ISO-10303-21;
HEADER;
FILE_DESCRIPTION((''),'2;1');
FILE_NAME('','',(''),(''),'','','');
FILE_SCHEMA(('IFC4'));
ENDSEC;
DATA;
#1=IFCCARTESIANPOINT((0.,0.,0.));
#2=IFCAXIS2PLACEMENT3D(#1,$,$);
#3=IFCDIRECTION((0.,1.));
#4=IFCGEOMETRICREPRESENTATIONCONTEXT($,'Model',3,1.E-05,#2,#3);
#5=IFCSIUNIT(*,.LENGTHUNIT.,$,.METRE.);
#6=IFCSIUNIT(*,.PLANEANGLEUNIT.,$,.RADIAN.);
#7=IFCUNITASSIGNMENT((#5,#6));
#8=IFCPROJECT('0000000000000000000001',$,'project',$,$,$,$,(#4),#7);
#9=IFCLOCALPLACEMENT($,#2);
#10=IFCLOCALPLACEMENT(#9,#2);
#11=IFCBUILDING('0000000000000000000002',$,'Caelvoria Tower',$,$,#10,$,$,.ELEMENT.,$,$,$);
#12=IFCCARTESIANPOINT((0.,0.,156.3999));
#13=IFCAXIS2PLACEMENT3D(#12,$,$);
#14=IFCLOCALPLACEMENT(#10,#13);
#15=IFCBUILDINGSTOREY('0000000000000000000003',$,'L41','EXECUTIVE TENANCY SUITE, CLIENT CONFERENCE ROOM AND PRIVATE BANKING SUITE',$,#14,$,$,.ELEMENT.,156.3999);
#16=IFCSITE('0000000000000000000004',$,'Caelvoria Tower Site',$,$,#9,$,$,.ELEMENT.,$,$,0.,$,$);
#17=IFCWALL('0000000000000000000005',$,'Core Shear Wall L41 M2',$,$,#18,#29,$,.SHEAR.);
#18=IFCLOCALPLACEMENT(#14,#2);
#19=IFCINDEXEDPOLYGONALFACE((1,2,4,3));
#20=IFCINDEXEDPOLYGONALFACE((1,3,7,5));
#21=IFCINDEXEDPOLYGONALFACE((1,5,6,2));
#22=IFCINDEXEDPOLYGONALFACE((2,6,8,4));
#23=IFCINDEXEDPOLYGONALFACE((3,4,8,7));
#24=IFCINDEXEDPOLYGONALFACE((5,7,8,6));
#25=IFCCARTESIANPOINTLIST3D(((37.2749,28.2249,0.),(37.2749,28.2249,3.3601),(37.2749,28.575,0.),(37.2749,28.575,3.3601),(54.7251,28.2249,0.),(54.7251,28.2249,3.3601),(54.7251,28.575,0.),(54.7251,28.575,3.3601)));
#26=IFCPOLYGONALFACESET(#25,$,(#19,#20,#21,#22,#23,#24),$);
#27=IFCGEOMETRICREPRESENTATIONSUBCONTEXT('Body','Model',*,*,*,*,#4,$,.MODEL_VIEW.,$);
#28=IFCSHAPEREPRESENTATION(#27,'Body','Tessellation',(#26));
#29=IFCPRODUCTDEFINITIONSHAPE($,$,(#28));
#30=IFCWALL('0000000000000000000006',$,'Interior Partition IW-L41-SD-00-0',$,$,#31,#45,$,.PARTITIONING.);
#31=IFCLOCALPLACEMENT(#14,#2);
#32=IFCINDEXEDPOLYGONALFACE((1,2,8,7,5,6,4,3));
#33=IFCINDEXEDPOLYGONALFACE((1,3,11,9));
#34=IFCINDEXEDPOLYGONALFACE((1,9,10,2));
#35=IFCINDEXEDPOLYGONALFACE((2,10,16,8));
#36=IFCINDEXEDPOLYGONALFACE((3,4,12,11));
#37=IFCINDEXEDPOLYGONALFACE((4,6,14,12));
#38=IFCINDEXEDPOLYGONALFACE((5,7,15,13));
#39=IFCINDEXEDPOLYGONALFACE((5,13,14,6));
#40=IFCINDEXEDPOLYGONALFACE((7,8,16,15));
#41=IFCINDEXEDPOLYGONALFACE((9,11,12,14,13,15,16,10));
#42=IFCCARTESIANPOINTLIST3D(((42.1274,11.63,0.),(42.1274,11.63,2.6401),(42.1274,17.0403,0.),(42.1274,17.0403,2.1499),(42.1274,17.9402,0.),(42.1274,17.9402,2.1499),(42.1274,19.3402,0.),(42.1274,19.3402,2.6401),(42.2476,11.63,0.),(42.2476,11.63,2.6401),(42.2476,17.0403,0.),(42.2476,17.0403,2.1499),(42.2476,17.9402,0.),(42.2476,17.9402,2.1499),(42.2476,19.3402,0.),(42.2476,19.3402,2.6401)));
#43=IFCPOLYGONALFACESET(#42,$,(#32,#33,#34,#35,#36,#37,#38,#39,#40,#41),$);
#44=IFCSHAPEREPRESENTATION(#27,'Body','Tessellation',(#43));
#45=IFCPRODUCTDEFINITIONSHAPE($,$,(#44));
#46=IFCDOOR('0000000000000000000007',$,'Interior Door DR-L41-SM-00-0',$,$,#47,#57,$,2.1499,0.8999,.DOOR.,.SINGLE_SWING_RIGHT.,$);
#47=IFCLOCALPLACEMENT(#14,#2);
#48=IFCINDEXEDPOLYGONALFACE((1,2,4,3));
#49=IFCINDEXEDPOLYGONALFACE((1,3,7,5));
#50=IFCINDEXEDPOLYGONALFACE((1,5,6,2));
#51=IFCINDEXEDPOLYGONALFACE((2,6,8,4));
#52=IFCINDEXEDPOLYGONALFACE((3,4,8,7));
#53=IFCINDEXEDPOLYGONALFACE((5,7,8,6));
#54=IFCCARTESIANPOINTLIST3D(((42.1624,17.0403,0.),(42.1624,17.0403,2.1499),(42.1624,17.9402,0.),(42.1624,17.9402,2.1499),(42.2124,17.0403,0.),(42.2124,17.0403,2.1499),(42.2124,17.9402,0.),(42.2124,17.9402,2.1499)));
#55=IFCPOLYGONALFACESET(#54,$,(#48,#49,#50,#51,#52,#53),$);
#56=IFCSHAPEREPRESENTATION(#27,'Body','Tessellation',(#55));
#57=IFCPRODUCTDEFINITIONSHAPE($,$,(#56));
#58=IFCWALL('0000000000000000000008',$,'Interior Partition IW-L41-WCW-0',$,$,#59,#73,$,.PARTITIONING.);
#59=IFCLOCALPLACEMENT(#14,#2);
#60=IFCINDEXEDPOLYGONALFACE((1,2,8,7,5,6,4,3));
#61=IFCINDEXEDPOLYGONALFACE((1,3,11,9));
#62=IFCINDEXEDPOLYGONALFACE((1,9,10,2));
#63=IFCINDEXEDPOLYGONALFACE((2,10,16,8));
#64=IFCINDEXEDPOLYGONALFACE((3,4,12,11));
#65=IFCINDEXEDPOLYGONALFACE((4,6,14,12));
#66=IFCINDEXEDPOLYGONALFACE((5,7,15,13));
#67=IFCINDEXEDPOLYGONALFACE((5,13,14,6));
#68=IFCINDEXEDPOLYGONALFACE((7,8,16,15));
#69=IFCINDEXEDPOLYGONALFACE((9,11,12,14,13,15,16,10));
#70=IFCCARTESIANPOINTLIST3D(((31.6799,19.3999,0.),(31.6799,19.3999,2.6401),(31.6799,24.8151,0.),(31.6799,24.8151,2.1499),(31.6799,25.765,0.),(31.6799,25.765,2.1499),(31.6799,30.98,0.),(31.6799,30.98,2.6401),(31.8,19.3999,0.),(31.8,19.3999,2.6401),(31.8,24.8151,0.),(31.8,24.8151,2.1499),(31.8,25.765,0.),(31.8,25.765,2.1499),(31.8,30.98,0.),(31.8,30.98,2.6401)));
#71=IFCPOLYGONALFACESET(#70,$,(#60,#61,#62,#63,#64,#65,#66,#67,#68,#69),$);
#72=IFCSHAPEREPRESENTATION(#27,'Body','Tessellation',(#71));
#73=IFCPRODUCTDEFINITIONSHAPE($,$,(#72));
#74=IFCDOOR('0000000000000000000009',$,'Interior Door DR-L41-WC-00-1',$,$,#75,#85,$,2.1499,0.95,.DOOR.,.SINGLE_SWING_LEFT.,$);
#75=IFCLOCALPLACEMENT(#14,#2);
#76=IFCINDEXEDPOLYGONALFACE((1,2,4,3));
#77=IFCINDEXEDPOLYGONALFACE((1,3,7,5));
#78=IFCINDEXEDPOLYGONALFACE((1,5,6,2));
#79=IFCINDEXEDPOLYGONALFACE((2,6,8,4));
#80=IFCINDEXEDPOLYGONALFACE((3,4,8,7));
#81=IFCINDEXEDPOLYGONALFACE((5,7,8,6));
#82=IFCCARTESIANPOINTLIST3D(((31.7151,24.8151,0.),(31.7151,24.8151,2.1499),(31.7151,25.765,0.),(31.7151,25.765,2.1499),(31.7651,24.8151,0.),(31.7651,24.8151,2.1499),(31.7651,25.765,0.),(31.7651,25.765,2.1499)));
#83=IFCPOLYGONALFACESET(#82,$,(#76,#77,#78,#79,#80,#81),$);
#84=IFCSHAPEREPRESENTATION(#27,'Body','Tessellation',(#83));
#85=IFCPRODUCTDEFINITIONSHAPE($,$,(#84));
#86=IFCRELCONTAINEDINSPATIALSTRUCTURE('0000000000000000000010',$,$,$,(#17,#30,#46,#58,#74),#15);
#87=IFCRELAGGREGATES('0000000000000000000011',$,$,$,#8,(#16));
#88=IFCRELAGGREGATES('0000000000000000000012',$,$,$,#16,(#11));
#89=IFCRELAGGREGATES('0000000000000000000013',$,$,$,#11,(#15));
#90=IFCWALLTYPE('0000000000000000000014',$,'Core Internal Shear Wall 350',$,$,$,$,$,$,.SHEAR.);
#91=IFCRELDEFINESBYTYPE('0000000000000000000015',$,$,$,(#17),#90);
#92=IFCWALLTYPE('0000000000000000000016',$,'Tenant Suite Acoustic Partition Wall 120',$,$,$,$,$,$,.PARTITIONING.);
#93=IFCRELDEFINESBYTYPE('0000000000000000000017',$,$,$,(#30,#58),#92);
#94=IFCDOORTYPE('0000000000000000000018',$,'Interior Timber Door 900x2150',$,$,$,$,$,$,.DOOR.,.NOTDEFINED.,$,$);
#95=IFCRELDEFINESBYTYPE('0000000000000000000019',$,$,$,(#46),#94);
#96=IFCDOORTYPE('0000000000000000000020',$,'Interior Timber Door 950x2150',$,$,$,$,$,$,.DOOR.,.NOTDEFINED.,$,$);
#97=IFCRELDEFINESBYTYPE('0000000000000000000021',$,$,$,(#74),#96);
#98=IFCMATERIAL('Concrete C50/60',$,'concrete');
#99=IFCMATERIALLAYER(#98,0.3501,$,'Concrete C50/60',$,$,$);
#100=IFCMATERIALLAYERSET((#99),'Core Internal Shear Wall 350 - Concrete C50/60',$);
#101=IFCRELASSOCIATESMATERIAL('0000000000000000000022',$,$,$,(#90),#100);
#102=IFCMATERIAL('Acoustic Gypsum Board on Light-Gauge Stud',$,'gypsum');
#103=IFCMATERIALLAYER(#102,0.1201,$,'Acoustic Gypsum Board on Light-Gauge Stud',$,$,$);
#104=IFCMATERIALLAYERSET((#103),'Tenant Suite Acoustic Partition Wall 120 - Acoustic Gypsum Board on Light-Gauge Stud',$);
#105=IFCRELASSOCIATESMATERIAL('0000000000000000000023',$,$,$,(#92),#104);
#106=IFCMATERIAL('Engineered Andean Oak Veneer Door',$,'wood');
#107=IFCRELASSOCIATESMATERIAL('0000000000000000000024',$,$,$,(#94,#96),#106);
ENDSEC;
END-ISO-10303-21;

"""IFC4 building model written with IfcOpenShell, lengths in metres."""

from ifc_helpers import new_model, si_unit, direction, frame, frame_2d, origin, place, context, subcontext, project, spatial, rectangle, extrude, material, layer, layer_set, type_object, element, fill, save


model = new_model("IFC4")

# Units and contexts
model_context = context("Model", 3, precision=1e-05, world=origin(), true_north=direction((0.0, 1.0)))
body_context = subcontext(model_context, "Body", "Model", "MODEL_VIEW")
ifc_project = project(units=[si_unit("LENGTHUNIT", "METRE"), si_unit("PLANEANGLEUNIT", "RADIAN")], contexts=[model_context])

# Site, building, storey
site_placement = place(None, origin())
site = spatial("IfcSite", under=ifc_project, at=site_placement, Name="Caelvoria Tower Site", CompositionType="ELEMENT", RefElevation=0.0)
building_placement = place(site_placement, origin())
building = spatial("IfcBuilding", under=site, at=building_placement, Name="Caelvoria Tower", CompositionType="ELEMENT")
storey_placement = place(building_placement, frame((0.0, 0.0, 156.3999)))
storey = spatial("IfcBuildingStorey", under=building, at=storey_placement, Name="L41", Description="EXECUTIVE TENANCY SUITE, CLIENT CONFERENCE ROOM AND PRIVATE BANKING SUITE", CompositionType="ELEMENT", Elevation=156.3999)

# Shared definitions
ifc_material_1 = material(Name="Concrete C50/60", Category="concrete")
ifc_layer_1 = layer(ifc_material_1, 0.3501, Name="Concrete C50/60")
ifc_layer_set_1 = layer_set([ifc_layer_1], Name="Core Internal Shear Wall 350 - Concrete C50/60")
wall_type_1 = type_object("IfcWallType", Name="Core Internal Shear Wall 350", PredefinedType="SHEAR", material=ifc_layer_set_1)

# Wall
wall_1_placement = place(storey_placement, frame((37.2749, 28.3999, 0.0), z_axis=(0.0, 0.0, 1.0), x_axis=(1.0, 0.0, 0.0)))
element("IfcWall", 1, at=wall_1_placement, inside=storey, type_object=wall_type_1, Name="Core Shear Wall L41 M2", PredefinedType="SHEAR", context=body_context, shape_type="SweptSolid", body=[
    extrude(rectangle(XDim=17.4502, YDim=0.3501, at=frame_2d((8.7251, 0.0))), origin(), (0.0, 0.0, 1.0), 3.3601),
])

# Walls, openings, doors
ifc_material_2 = material(Name="Acoustic Gypsum Board on Light-Gauge Stud", Category="gypsum")
ifc_layer_2 = layer(ifc_material_2, 0.1201, Name="Acoustic Gypsum Board on Light-Gauge Stud")
ifc_layer_set_2 = layer_set([ifc_layer_2], Name="Tenant Suite Acoustic Partition Wall 120 - Acoustic Gypsum Board on Light-Gauge Stud")
wall_type_2 = type_object("IfcWallType", Name="Tenant Suite Acoustic Partition Wall 120", PredefinedType="PARTITIONING", material=ifc_layer_set_2)
wall_2_placement = place(storey_placement, frame((42.1875, 19.3401, 0.0), z_axis=(0.0, 0.0, 1.0), x_axis=(0.0, -1.0, 0.0)))
wall_2 = element("IfcWall", 2, at=wall_2_placement, inside=storey, type_object=wall_type_2, Name="Interior Partition IW-L41-SD-00-0", PredefinedType="PARTITIONING", context=body_context, shape_type="SweptSolid", body=[
    extrude(rectangle(XDim=7.7102, YDim=0.1201, at=frame_2d((3.855, 0.0))), origin(), (0.0, 0.0, 1.0), 2.6401),
])
opening_1_placement = place(wall_2_placement, frame((1.3999, 0.0, 0.0)))
opening_1 = element("IfcOpeningElement", 3, at=opening_1_placement, cuts=wall_2, PredefinedType="OPENING", context=body_context, shape_type="SweptSolid", body=[
    extrude(rectangle(XDim=0.8999, YDim=2.1499, at=frame_2d((0.45, 1.075))), frame((0.0, 0.0701, 0.0), z_axis=(0.0, -1.0, 0.0), x_axis=(1.0, 0.0, 0.0)), (0.0, 0.0, 1.0), 0.1401),
])
ifc_material_3 = material(Name="Engineered Andean Oak Veneer Door", Category="wood")
door_type_1 = type_object("IfcDoorType", Name="Interior Timber Door 900x2150", OperationType="NOTDEFINED", PredefinedType="DOOR", material=ifc_material_3)
door_1_placement = place(opening_1_placement, origin())
door_1 = element("IfcDoor", 4, at=door_1_placement, inside=storey, type_object=door_type_1, Name="Interior Door DR-L41-SM-00-0", OperationType="SINGLE_SWING_RIGHT", OverallHeight=2.1499, OverallWidth=0.8999, PredefinedType="DOOR", context=body_context, shape_type="SweptSolid", body=[
    extrude(rectangle(XDim=0.8999, YDim=2.1499, at=frame_2d((0.45, 1.075))), frame((0.0, 0.0249, 0.0), z_axis=(0.0, -1.0, 0.0), x_axis=(1.0, 0.0, 0.0)), (0.0, 0.0, 1.0), 0.05),
])
fill(opening_1, door_1)
wall_3_placement = place(storey_placement, frame((31.74, 19.3999, 0.0), z_axis=(0.0, 0.0, 1.0), x_axis=(0.0, 1.0, 0.0)))
wall_3 = element("IfcWall", 5, at=wall_3_placement, inside=storey, type_object=wall_type_2, Name="Interior Partition IW-L41-WCW-0", PredefinedType="PARTITIONING", context=body_context, shape_type="SweptSolid", body=[
    extrude(rectangle(XDim=11.5801, YDim=0.1201, at=frame_2d((5.79, 0.0))), origin(), (0.0, 0.0, 1.0), 2.6401),
])
opening_2_placement = place(wall_3_placement, frame((5.415, 0.0, 0.0)))
opening_2 = element("IfcOpeningElement", 6, at=opening_2_placement, cuts=wall_3, PredefinedType="OPENING", context=body_context, shape_type="SweptSolid", body=[
    extrude(rectangle(XDim=0.95, YDim=2.1499, at=frame_2d((0.4751, 1.075))), frame((0.0, 0.0701, 0.0), z_axis=(0.0, -1.0, 0.0), x_axis=(1.0, 0.0, 0.0)), (0.0, 0.0, 1.0), 0.1401),
])
door_type_2 = type_object("IfcDoorType", Name="Interior Timber Door 950x2150", OperationType="NOTDEFINED", PredefinedType="DOOR", material=ifc_material_3)
door_2_placement = place(opening_2_placement, origin())
door_2 = element("IfcDoor", 7, at=door_2_placement, inside=storey, type_object=door_type_2, Name="Interior Door DR-L41-WC-00-1", OperationType="SINGLE_SWING_LEFT", OverallHeight=2.1499, OverallWidth=0.95, PredefinedType="DOOR", context=body_context, shape_type="SweptSolid", body=[
    extrude(rectangle(XDim=0.95, YDim=2.1499, at=frame_2d((0.4751, 1.075))), frame((0.0, 0.0249, 0.0), z_axis=(0.0, -1.0, 0.0), x_axis=(1.0, 0.0, 0.0)), (0.0, 0.0, 1.0), 0.05),
])
fill(opening_2, door_2)

save(model, "model.ifc")
